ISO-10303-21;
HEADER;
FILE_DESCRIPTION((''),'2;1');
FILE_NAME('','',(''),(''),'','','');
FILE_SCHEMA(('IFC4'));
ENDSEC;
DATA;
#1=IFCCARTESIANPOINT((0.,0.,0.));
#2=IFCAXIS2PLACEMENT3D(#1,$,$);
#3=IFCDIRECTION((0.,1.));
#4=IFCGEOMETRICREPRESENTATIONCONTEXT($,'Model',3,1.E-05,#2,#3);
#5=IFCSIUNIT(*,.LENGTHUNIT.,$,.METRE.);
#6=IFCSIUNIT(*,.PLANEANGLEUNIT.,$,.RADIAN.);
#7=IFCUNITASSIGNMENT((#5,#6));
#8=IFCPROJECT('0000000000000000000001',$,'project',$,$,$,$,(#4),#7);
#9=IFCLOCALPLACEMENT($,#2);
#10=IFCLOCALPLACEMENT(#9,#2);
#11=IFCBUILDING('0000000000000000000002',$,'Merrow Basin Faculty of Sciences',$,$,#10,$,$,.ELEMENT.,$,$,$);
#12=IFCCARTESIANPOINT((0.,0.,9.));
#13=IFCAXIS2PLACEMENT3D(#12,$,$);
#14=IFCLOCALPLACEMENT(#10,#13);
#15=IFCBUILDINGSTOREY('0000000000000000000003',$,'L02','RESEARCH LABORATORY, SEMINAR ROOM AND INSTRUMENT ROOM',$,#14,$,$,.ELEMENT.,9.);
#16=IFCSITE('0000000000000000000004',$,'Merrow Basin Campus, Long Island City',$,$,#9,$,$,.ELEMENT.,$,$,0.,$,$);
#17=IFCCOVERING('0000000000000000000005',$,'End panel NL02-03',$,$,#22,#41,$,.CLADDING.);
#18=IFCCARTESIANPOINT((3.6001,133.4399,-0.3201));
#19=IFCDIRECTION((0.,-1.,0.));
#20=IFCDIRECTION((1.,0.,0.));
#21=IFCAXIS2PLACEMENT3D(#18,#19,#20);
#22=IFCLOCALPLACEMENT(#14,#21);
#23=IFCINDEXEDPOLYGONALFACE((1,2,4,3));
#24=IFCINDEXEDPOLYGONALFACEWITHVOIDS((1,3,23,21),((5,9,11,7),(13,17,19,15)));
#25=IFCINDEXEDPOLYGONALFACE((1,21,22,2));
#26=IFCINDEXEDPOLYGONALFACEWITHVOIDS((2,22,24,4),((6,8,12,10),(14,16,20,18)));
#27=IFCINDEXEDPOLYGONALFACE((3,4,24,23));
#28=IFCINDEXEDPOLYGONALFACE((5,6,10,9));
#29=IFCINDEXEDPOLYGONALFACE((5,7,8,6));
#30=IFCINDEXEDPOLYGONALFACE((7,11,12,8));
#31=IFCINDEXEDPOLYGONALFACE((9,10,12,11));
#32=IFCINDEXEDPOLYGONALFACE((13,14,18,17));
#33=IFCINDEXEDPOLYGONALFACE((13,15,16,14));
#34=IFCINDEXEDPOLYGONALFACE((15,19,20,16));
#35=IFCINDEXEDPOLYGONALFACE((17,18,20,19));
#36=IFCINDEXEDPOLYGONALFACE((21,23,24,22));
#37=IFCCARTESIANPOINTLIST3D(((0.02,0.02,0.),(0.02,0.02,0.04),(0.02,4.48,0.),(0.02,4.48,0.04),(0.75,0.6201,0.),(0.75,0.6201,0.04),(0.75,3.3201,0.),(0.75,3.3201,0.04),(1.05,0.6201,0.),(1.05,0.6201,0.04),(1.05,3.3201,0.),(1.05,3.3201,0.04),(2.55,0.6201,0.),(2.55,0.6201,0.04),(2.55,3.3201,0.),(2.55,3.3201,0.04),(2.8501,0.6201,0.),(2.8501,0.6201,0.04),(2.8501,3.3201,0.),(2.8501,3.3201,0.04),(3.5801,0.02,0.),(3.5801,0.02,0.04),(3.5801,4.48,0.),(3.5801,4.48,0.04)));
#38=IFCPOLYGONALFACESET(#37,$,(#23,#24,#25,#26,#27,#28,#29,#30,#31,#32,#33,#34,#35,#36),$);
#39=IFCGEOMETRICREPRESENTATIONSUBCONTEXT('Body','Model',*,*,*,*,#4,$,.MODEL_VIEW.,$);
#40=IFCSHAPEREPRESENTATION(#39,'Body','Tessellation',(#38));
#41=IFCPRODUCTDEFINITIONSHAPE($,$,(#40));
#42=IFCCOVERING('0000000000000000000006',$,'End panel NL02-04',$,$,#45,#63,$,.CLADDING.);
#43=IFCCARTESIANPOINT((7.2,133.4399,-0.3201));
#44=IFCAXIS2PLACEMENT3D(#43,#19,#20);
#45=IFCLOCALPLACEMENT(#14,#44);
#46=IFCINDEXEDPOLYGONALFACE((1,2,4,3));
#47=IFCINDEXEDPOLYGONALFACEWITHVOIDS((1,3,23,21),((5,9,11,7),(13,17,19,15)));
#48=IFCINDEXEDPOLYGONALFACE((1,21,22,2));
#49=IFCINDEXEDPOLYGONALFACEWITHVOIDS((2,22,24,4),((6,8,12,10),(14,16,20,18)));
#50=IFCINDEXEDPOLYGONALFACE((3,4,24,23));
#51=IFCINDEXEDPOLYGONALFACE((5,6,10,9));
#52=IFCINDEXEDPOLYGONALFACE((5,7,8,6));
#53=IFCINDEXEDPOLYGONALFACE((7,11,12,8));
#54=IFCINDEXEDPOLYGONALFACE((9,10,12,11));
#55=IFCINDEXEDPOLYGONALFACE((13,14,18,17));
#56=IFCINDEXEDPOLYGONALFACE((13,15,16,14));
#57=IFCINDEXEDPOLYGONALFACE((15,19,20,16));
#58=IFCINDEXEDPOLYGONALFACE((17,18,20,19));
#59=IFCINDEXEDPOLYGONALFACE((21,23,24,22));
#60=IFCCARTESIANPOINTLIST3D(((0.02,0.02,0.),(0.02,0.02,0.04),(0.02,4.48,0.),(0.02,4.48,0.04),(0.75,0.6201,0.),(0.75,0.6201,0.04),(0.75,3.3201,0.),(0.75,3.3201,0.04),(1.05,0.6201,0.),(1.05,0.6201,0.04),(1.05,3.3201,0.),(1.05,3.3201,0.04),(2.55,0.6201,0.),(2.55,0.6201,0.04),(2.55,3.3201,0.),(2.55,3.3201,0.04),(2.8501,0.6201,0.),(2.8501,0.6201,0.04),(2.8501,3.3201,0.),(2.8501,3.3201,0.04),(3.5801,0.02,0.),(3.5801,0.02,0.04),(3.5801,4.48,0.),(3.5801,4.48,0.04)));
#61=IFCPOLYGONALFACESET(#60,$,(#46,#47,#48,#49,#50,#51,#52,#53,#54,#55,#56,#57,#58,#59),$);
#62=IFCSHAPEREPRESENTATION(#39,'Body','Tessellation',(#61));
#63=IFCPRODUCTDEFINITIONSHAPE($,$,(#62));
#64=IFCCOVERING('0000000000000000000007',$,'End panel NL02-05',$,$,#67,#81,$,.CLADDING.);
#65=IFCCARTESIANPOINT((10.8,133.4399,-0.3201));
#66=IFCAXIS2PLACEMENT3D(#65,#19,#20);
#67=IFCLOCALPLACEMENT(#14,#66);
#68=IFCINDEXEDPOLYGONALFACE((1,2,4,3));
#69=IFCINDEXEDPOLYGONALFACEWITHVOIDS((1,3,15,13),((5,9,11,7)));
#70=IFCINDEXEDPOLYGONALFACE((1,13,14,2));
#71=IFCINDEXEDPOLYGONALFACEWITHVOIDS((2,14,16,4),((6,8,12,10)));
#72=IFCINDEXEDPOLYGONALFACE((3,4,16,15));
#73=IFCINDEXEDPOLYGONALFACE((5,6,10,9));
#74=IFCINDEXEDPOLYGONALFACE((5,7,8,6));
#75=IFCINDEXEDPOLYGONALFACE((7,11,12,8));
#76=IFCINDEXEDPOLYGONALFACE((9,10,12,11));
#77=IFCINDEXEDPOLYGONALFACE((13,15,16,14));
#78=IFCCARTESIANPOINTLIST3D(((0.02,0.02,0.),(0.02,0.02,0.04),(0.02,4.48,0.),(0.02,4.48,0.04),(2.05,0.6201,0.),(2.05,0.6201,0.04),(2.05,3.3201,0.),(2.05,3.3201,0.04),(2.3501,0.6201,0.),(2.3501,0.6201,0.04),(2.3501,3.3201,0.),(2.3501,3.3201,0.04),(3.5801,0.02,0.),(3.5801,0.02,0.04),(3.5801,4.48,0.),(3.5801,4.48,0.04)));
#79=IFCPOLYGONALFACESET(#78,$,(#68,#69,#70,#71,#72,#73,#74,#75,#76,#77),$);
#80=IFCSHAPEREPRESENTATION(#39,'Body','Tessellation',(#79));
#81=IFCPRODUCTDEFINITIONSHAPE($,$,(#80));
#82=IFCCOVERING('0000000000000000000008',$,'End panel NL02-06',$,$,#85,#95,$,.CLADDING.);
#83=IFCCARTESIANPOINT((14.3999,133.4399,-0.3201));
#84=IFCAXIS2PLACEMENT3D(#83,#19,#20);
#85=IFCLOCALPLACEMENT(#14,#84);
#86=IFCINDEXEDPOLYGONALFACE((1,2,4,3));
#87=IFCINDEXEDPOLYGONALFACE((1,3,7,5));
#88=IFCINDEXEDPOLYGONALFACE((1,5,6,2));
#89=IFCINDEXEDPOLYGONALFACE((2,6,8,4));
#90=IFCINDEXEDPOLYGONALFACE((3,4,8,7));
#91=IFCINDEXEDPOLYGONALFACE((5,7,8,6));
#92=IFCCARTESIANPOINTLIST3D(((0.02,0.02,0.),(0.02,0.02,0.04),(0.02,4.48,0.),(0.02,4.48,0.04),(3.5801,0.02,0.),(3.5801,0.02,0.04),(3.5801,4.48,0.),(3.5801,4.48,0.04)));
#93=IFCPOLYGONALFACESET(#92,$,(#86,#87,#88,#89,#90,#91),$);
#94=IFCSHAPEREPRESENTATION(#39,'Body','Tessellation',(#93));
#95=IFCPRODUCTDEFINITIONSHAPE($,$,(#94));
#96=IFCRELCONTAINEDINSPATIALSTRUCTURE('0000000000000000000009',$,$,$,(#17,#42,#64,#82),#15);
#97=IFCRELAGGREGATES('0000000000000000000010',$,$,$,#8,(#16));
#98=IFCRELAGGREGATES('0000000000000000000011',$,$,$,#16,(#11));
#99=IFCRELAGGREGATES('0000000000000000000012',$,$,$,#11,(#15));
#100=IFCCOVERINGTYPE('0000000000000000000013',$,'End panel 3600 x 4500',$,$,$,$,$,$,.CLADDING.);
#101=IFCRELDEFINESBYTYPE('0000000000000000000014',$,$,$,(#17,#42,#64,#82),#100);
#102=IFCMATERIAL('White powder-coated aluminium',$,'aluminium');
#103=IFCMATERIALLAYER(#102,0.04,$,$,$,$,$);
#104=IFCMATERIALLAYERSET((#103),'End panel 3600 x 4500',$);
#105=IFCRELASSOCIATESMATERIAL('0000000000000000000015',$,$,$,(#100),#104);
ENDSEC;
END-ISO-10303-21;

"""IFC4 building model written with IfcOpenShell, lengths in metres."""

from ifc_helpers import new_model, si_unit, direction, frame, origin, place, context, subcontext, project, spatial, polyline, outline, extrude, source, transform, mapped, material, layer, layer_set, type_object, element, save


model = new_model("IFC4")

# Units and contexts
model_context = context("Model", 3, precision=1e-05, world=origin(), true_north=direction((0.0, 1.0)))
body_context = subcontext(model_context, "Body", "Model", "MODEL_VIEW")
ifc_project = project(units=[si_unit("LENGTHUNIT", "METRE"), si_unit("PLANEANGLEUNIT", "RADIAN")], contexts=[model_context])

# Site, building, storey
site_placement = place(None, origin())
site = spatial("IfcSite", under=ifc_project, at=site_placement, Name="Merrow Basin Campus, Long Island City", CompositionType="ELEMENT", RefElevation=0.0)
building_placement = place(site_placement, origin())
building = spatial("IfcBuilding", under=site, at=building_placement, Name="Merrow Basin Faculty of Sciences", CompositionType="ELEMENT")
storey_placement = place(building_placement, frame((0.0, 0.0, 9.0)))
storey = spatial("IfcBuildingStorey", under=building, at=storey_placement, Name="L02", Description="RESEARCH LABORATORY, SEMINAR ROOM AND INSTRUMENT ROOM", CompositionType="ELEMENT", Elevation=9.0)

# Coverings
ifc_material_1 = material(Name="White powder-coated aluminium", Category="aluminium")
ifc_layer = layer(ifc_material_1, 0.04)
ifc_layer_set = layer_set([ifc_layer], Name="End panel 3600 x 4500")
covering_type = type_object("IfcCoveringType", Name="End panel 3600 x 4500", PredefinedType="CLADDING", material=ifc_layer_set)
shared_shape_1 = source(origin(), body_context, "Body", "SweptSolid", [
    extrude(outline(polyline([(0.02, 0.02), (3.5801, 0.02), (3.5801, 4.48), (0.02, 4.48), (0.02, 0.02)]), holes=[polyline([(0.75, 0.6201), (1.05, 0.6201), (1.05, 3.3201), (0.75, 3.3201), (0.75, 0.6201)]), polyline([(2.55, 0.6201), (2.8501, 0.6201), (2.8501, 3.3201), (2.55, 3.3201), (2.55, 0.6201)])]), origin(), (0.0, 0.0, 1.0), 0.04),
])
covering_1_placement = place(storey_placement, frame((3.6001, 133.4399, -0.3201), z_axis=(0.0, -1.0, 0.0), x_axis=(1.0, 0.0, 0.0)))
element("IfcCovering", 1, at=covering_1_placement, inside=storey, type_object=covering_type, Name="End panel NL02-03", PredefinedType="CLADDING", context=body_context, shape_type="MappedRepresentation", body=[
    mapped(shared_shape_1, transform((0.0, 0.0, 0.0), scale=1.0)),
])
shared_shape_2 = source(origin(), body_context, "Body", "SweptSolid", [
    extrude(outline(polyline([(0.02, 0.02), (3.5801, 0.02), (3.5801, 4.48), (0.02, 4.48), (0.02, 0.02)]), holes=[polyline([(0.75, 0.6201), (1.05, 0.6201), (1.05, 3.3201), (0.75, 3.3201), (0.75, 0.6201)]), polyline([(2.55, 0.6201), (2.8501, 0.6201), (2.8501, 3.3201), (2.55, 3.3201), (2.55, 0.6201)])]), origin(), (0.0, 0.0, 1.0), 0.04),
])
covering_2_placement = place(storey_placement, frame((7.2, 133.4399, -0.3201), z_axis=(0.0, -1.0, 0.0), x_axis=(1.0, 0.0, 0.0)))
element("IfcCovering", 2, at=covering_2_placement, inside=storey, type_object=covering_type, Name="End panel NL02-04", PredefinedType="CLADDING", context=body_context, shape_type="MappedRepresentation", body=[
    mapped(shared_shape_2, transform((0.0, 0.0, 0.0), scale=1.0)),
])
shared_shape_3 = source(origin(), body_context, "Body", "SweptSolid", [
    extrude(outline(polyline([(0.02, 0.02), (3.5801, 0.02), (3.5801, 4.48), (0.02, 4.48), (0.02, 0.02)]), holes=[polyline([(2.05, 0.6201), (2.3501, 0.6201), (2.3501, 3.3201), (2.05, 3.3201), (2.05, 0.6201)])]), origin(), (0.0, 0.0, 1.0), 0.04),
])
covering_3_placement = place(storey_placement, frame((10.8, 133.4399, -0.3201), z_axis=(0.0, -1.0, 0.0), x_axis=(1.0, 0.0, 0.0)))
element("IfcCovering", 3, at=covering_3_placement, inside=storey, type_object=covering_type, Name="End panel NL02-05", PredefinedType="CLADDING", context=body_context, shape_type="MappedRepresentation", body=[
    mapped(shared_shape_3, transform((0.0, 0.0, 0.0), scale=1.0)),
])
shared_shape_4 = source(origin(), body_context, "Body", "SweptSolid", [
    extrude(outline(polyline([(0.02, 0.02), (3.5801, 0.02), (3.5801, 4.48), (0.02, 4.48), (0.02, 0.02)])), origin(), (0.0, 0.0, 1.0), 0.04),
])
covering_4_placement = place(storey_placement, frame((14.3999, 133.4399, -0.3201), z_axis=(0.0, -1.0, 0.0), x_axis=(1.0, 0.0, 0.0)))
element("IfcCovering", 4, at=covering_4_placement, inside=storey, type_object=covering_type, Name="End panel NL02-06", PredefinedType="CLADDING", context=body_context, shape_type="MappedRepresentation", body=[
    mapped(shared_shape_4, transform((0.0, 0.0, 0.0), scale=1.0)),
])

save(model, "model.ifc")
